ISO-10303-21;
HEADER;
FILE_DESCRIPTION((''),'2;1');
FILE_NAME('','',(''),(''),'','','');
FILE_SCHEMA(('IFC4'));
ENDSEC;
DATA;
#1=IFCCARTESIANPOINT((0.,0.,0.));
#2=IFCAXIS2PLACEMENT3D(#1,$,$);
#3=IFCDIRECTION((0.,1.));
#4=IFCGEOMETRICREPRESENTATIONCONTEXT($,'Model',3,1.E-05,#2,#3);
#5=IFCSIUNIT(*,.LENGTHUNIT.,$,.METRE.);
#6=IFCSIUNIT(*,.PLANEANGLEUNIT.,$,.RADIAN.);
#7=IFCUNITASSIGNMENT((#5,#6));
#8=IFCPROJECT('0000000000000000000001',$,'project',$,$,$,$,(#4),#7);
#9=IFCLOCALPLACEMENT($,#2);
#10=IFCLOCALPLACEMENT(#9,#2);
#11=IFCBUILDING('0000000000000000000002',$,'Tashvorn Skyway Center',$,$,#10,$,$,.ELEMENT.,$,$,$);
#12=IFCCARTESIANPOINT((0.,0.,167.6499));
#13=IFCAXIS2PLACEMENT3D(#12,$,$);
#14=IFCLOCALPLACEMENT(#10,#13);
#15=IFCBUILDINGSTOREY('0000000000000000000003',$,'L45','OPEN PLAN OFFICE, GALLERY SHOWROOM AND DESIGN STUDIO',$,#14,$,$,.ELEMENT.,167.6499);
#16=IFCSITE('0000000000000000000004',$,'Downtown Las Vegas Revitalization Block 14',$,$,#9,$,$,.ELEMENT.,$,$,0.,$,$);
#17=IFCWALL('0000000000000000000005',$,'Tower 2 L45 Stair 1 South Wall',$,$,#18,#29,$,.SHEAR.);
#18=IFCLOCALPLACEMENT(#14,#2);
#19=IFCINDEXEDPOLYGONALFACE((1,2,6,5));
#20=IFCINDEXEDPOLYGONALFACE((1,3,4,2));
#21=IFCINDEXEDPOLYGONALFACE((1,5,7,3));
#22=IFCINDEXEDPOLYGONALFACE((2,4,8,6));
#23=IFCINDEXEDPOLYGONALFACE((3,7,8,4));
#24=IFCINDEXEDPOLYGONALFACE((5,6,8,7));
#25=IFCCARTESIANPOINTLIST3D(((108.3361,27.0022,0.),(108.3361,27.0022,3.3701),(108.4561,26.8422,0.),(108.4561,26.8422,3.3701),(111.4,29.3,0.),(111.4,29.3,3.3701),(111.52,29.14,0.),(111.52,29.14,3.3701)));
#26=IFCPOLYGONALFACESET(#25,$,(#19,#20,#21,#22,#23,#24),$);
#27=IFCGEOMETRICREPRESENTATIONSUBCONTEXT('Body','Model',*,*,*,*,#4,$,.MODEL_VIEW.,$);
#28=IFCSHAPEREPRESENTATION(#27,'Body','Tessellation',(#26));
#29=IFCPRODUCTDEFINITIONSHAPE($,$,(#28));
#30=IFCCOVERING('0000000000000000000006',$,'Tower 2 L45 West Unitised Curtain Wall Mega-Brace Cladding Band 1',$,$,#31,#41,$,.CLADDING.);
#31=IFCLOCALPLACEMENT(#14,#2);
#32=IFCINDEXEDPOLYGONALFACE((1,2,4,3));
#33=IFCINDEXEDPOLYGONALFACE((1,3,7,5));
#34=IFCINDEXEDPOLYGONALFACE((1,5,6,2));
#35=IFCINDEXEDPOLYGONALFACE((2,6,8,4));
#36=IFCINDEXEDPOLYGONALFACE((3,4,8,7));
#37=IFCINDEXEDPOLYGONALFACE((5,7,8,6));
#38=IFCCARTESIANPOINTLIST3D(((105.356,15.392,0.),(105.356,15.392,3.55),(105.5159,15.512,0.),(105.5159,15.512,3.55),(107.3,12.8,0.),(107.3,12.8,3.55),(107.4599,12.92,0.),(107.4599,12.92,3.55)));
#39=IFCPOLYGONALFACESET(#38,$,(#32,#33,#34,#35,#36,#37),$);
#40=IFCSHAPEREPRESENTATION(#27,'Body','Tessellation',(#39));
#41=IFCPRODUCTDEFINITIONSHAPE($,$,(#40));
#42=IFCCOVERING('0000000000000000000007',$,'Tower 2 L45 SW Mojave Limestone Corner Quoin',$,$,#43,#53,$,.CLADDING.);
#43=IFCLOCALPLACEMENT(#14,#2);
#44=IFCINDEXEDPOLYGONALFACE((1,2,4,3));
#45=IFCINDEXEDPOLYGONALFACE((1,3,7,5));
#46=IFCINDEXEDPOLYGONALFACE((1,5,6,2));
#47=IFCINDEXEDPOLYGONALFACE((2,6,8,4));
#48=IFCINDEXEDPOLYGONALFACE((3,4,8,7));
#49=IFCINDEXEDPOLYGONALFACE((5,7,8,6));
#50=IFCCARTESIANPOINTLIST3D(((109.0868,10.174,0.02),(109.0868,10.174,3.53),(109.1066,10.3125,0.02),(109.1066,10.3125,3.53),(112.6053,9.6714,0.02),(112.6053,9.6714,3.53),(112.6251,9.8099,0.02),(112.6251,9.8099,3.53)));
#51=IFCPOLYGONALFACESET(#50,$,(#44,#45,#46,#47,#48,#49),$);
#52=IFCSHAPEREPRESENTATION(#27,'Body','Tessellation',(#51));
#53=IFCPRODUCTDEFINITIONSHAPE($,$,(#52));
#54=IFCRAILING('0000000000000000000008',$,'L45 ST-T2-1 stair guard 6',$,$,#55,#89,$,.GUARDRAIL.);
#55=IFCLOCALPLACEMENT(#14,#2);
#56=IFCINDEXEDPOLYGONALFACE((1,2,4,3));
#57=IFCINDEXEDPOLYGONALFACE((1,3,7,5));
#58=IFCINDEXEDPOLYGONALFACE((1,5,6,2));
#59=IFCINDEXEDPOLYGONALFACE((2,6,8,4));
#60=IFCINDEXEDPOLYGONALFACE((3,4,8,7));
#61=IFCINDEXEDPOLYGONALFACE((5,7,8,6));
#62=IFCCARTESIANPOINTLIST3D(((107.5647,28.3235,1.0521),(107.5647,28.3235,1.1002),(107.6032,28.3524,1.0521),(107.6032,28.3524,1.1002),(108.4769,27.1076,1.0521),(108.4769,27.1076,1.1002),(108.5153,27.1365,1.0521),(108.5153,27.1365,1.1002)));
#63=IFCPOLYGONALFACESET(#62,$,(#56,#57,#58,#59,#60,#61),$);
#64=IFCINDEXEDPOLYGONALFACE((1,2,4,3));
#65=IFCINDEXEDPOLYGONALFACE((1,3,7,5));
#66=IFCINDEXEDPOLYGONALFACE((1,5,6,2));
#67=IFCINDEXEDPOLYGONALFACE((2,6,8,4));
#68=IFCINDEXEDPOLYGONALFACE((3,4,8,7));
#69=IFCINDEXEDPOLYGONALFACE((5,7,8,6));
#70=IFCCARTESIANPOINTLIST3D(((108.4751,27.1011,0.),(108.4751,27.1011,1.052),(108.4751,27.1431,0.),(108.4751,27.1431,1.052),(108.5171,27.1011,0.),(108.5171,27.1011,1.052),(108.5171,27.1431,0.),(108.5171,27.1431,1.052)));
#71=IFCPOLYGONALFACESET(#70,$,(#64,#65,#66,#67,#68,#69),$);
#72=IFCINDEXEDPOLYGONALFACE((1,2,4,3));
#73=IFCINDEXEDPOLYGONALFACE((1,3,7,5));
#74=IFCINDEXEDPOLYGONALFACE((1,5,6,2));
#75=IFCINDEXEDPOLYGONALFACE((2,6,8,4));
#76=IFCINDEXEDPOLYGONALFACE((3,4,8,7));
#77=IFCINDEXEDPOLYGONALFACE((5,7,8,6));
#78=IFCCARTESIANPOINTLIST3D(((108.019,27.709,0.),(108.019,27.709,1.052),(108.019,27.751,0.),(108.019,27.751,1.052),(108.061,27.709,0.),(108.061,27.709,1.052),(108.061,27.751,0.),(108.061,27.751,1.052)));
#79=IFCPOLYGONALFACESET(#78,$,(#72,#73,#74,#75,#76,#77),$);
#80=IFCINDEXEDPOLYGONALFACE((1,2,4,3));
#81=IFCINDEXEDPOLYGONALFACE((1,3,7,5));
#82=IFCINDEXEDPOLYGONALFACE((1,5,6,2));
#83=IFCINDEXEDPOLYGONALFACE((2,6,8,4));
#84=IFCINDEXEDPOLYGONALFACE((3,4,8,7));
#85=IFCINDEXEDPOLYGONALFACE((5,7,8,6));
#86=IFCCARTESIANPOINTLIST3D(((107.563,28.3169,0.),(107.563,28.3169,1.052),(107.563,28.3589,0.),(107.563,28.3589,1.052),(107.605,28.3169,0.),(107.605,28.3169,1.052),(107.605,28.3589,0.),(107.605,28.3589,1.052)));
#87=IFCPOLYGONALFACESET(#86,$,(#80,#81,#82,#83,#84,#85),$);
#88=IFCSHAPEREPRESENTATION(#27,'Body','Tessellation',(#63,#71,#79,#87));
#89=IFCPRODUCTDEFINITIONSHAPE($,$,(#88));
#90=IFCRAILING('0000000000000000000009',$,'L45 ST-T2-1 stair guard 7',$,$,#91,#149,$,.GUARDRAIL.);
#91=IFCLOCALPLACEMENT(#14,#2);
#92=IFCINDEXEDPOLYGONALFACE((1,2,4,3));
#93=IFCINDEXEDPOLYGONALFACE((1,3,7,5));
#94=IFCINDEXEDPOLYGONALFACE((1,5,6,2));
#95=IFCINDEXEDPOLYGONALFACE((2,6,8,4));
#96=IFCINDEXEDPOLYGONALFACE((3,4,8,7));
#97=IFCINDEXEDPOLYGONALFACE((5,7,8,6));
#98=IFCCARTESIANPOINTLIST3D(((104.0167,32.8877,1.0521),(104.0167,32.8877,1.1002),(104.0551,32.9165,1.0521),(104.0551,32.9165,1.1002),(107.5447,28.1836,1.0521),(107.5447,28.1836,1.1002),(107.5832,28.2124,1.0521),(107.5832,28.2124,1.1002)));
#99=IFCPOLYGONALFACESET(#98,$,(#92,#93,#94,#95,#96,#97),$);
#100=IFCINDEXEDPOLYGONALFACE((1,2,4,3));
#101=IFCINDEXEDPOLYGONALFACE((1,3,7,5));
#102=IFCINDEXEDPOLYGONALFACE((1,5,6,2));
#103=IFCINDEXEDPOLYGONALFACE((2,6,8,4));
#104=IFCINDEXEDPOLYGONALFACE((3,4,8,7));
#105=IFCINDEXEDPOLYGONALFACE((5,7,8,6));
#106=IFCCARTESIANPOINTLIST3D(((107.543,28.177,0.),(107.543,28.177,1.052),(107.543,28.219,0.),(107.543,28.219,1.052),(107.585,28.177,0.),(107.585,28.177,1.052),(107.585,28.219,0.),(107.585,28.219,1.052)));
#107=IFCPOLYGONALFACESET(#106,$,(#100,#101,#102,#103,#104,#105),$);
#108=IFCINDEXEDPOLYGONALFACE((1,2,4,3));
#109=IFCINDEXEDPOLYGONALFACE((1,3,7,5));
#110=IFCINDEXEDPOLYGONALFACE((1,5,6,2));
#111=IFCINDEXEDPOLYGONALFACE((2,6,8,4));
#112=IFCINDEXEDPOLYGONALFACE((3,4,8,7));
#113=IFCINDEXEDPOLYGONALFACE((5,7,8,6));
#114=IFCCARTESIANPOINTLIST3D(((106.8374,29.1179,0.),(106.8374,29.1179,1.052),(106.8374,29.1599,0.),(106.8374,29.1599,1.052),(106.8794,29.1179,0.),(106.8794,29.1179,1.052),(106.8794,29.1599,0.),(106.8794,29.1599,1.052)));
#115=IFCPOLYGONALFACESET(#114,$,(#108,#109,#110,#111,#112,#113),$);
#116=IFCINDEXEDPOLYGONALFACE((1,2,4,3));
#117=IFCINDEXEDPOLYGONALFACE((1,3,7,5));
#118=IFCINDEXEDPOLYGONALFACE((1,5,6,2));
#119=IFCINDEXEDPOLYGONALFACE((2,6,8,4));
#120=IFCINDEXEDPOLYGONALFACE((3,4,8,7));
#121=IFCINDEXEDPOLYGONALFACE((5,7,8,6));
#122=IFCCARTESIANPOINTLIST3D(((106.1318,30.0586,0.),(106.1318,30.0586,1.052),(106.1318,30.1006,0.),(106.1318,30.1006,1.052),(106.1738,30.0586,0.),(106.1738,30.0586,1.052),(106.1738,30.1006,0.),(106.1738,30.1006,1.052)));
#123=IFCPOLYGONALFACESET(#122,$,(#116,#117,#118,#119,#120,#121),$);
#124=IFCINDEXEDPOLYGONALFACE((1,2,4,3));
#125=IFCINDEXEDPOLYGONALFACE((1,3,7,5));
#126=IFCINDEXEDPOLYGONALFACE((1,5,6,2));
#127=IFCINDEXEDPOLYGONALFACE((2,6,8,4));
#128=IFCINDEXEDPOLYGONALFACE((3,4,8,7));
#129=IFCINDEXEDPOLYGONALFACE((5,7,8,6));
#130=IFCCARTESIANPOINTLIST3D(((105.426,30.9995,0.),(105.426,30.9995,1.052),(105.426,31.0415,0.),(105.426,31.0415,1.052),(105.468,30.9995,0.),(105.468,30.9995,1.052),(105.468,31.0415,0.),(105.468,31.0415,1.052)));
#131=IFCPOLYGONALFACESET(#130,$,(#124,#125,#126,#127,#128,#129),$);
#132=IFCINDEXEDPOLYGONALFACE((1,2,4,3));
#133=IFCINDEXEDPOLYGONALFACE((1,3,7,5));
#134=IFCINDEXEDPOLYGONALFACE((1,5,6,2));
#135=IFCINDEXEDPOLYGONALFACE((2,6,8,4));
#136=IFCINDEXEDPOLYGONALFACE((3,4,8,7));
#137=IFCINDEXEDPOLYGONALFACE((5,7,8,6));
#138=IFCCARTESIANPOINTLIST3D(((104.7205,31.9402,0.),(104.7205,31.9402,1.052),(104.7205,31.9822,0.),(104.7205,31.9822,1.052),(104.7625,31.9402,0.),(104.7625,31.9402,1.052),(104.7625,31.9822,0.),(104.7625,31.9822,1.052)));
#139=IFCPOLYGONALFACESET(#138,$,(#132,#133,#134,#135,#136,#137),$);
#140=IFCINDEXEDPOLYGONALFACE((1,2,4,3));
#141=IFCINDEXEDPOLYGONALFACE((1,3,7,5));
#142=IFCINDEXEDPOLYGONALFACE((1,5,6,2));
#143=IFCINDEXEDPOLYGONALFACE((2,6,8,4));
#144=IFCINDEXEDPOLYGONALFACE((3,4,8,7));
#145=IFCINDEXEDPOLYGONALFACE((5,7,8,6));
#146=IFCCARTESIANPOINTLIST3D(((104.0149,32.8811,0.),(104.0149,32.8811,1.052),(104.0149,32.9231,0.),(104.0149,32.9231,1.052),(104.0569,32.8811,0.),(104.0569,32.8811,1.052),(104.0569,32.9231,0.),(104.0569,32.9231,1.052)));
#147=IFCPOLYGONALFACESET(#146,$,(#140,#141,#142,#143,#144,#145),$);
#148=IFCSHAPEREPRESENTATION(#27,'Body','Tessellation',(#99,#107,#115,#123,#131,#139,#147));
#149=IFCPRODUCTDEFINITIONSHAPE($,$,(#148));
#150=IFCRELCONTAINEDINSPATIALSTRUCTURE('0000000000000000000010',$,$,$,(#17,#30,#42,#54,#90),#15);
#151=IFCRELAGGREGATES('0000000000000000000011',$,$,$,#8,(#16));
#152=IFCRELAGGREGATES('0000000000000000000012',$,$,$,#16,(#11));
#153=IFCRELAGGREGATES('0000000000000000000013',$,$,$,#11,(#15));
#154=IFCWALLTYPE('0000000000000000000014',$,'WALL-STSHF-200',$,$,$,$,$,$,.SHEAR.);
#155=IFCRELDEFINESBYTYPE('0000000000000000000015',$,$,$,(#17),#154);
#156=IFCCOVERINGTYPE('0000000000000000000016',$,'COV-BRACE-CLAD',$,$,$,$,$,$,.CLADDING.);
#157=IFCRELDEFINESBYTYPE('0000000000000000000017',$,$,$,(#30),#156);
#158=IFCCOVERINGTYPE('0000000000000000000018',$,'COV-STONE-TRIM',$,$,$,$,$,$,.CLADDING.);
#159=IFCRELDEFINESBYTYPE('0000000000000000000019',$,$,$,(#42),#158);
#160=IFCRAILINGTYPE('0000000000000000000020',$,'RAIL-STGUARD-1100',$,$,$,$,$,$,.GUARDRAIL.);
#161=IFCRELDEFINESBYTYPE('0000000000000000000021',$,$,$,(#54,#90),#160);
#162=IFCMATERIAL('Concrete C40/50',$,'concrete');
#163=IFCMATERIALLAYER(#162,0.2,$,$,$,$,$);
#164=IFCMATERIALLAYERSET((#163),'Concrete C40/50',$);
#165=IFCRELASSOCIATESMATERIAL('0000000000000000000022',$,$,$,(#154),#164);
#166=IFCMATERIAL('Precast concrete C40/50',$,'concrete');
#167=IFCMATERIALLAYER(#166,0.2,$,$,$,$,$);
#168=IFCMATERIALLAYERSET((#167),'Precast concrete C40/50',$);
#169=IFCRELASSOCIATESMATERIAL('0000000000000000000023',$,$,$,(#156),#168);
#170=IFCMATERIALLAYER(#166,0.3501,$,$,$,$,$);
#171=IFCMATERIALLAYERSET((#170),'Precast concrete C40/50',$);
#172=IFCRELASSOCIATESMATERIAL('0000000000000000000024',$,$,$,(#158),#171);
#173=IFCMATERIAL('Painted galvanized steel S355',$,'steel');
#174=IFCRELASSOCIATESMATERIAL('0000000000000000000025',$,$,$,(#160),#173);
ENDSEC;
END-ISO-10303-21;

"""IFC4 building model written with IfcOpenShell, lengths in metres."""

from ifc_helpers import new_model, si_unit, direction, frame, frame_2d, origin, origin_2d, place, context, subcontext, project, spatial, rectangle, extrude, material, layer, layer_set, type_object, element, save


model = new_model("IFC4")

# Units and contexts
model_context = context("Model", 3, precision=1e-05, world=origin(), true_north=direction((0.0, 1.0)))
body_context = subcontext(model_context, "Body", "Model", "MODEL_VIEW")
ifc_project = project(units=[si_unit("LENGTHUNIT", "METRE"), si_unit("PLANEANGLEUNIT", "RADIAN")], contexts=[model_context])

# Site, building, storey
site_placement = place(None, origin())
site = spatial("IfcSite", under=ifc_project, at=site_placement, Name="Downtown Las Vegas Revitalization Block 14", CompositionType="ELEMENT", RefElevation=0.0)
building_placement = place(site_placement, origin())
building = spatial("IfcBuilding", under=site, at=building_placement, Name="Tashvorn Skyway Center", CompositionType="ELEMENT")
storey_placement = place(building_placement, frame((0.0, 0.0, 167.6499)))
storey = spatial("IfcBuildingStorey", under=building, at=storey_placement, Name="L45", Description="OPEN PLAN OFFICE, GALLERY SHOWROOM AND DESIGN STUDIO", CompositionType="ELEMENT", Elevation=167.6499)

# Shared definitions
ifc_material_1 = material(Name="Precast concrete C40/50", Category="concrete")

# Shared definitions
ifc_material_2 = material(Name="Concrete C40/50", Category="concrete")

# Shared definitions
ifc_layer_1 = layer(ifc_material_2, 0.2)
ifc_layer_set_1 = layer_set([ifc_layer_1], Name="Concrete C40/50")
wall_type_1 = type_object("IfcWallType", Name="WALL-STSHF-200", PredefinedType="SHEAR", material=ifc_layer_set_1)

# Wall
wall_1_placement = place(storey_placement, frame((108.396, 26.9221, 0.0), z_axis=(0.0, 0.0, 1.0), x_axis=(0.800015, 0.59998, 0.0)))
element("IfcWall", 1, at=wall_1_placement, inside=storey, type_object=wall_type_1, Name="Tower 2 L45 Stair 1 South Wall", PredefinedType="SHEAR", context=body_context, shape_type="SweptSolid", body=[
    extrude(rectangle(XDim=3.8298, YDim=0.2, at=frame_2d((1.915, 0.0))), origin(), (0.0, 0.0, 1.0), 3.3701),
])

# Coverings
ifc_layer_2 = layer(ifc_material_1, 0.2)
ifc_layer_set_2 = layer_set([ifc_layer_2], Name="Precast concrete C40/50")
covering_type_1 = type_object("IfcCoveringType", Name="COV-BRACE-CLAD", PredefinedType="CLADDING", material=ifc_layer_set_2)
covering_1_placement = place(storey_placement, frame((106.408, 14.156, 0.0), z_axis=(0.0, 0.0, 1.0), x_axis=(-0.6, 0.8, 0.0)))
element("IfcCovering", 2, at=covering_1_placement, inside=storey, type_object=covering_type_1, Name="Tower 2 L45 West Unitised Curtain Wall Mega-Brace Cladding Band 1", PredefinedType="CLADDING", context=body_context, shape_type="SweptSolid", body=[
    extrude(rectangle(XDim=3.24, YDim=0.2, at=origin_2d()), origin(), (0.0, 0.0, 1.0), 3.55),
])
ifc_layer_3 = layer(ifc_material_1, 0.3501)
ifc_layer_set_3 = layer_set([ifc_layer_3], Name="Precast concrete C40/50")
covering_type_2 = type_object("IfcCoveringType", Name="COV-STONE-TRIM", PredefinedType="CLADDING", material=ifc_layer_set_3)
covering_2_placement = place(storey_placement, frame((110.856, 9.9919, 0.02), z_axis=(0.0, 0.0, 1.0), x_axis=(-0.989949, 0.141421, 0.0)))
element("IfcCovering", 3, at=covering_2_placement, inside=storey, type_object=covering_type_2, Name="Tower 2 L45 SW Mojave Limestone Corner Quoin", PredefinedType="CLADDING", context=body_context, shape_type="SweptSolid", body=[
    extrude(rectangle(XDim=3.5542, YDim=0.1399, at=origin_2d()), origin(), (0.0, 0.0, 1.0), 3.51),
])

# Railings
ifc_material_3 = material(Name="Painted galvanized steel S355", Category="steel")
railing_type = type_object("IfcRailingType", Name="RAIL-STGUARD-1100", PredefinedType="GUARDRAIL", material=ifc_material_3)
railing_1_placement = place(storey_placement, frame((108.4961, 27.1221, 0.0)))
element("IfcRailing", 4, at=railing_1_placement, inside=storey, type_object=railing_type, Name="L45 ST-T2-1 stair guard 6", PredefinedType="GUARDRAIL", context=body_context, shape_type="SweptSolid", body=[
    extrude(rectangle(XDim=0.0481, YDim=0.0481, at=origin_2d()), frame((0.0, 0.0, 1.0762), z_axis=(-0.600103, 0.799923, 0.0), x_axis=(-0.799923, -0.600103, 0.0)), (0.0, 0.0, 1.0), 1.52),
    extrude(rectangle(XDim=0.042, YDim=0.042, at=origin_2d()), origin(), (0.0, 0.0, 1.0), 1.052),
    extrude(rectangle(XDim=0.042, YDim=0.042, at=origin_2d()), frame((-0.4561, 0.6079, 0.0)), (0.0, 0.0, 1.0), 1.052),
    extrude(rectangle(XDim=0.042, YDim=0.042, at=origin_2d()), frame((-0.9121, 1.2158, 0.0)), (0.0, 0.0, 1.0), 1.052),
])
railing_2_placement = place(storey_placement, frame((107.564, 28.198, 0.0)))
element("IfcRailing", 5, at=railing_2_placement, inside=storey, type_object=railing_type, Name="L45 ST-T2-1 stair guard 7", PredefinedType="GUARDRAIL", context=body_context, shape_type="SweptSolid", body=[
    extrude(rectangle(XDim=0.0481, YDim=0.0481, at=origin_2d()), frame((0.0, 0.0, 1.0762), z_axis=(-0.6, 0.8, 0.0), x_axis=(-0.8, -0.6, 0.0)), (0.0, 0.0, 1.0), 5.8801),
    extrude(rectangle(XDim=0.042, YDim=0.042, at=origin_2d()), origin(), (0.0, 0.0, 1.0), 1.052),
    extrude(rectangle(XDim=0.042, YDim=0.042, at=origin_2d()), frame((-0.7056, 0.9409, 0.0)), (0.0, 0.0, 1.0), 1.052),
    extrude(rectangle(XDim=0.042, YDim=0.042, at=origin_2d()), frame((-1.4111, 1.8816, 0.0)), (0.0, 0.0, 1.0), 1.052),
    extrude(rectangle(XDim=0.042, YDim=0.042, at=origin_2d()), frame((-2.1169, 2.8225, 0.0)), (0.0, 0.0, 1.0), 1.052),
    extrude(rectangle(XDim=0.042, YDim=0.042, at=origin_2d()), frame((-2.8225, 3.7632, 0.0)), (0.0, 0.0, 1.0), 1.052),
    extrude(rectangle(XDim=0.042, YDim=0.042, at=origin_2d()), frame((-3.5281, 4.7041, 0.0)), (0.0, 0.0, 1.0), 1.052),
])

save(model, "model.ifc")
